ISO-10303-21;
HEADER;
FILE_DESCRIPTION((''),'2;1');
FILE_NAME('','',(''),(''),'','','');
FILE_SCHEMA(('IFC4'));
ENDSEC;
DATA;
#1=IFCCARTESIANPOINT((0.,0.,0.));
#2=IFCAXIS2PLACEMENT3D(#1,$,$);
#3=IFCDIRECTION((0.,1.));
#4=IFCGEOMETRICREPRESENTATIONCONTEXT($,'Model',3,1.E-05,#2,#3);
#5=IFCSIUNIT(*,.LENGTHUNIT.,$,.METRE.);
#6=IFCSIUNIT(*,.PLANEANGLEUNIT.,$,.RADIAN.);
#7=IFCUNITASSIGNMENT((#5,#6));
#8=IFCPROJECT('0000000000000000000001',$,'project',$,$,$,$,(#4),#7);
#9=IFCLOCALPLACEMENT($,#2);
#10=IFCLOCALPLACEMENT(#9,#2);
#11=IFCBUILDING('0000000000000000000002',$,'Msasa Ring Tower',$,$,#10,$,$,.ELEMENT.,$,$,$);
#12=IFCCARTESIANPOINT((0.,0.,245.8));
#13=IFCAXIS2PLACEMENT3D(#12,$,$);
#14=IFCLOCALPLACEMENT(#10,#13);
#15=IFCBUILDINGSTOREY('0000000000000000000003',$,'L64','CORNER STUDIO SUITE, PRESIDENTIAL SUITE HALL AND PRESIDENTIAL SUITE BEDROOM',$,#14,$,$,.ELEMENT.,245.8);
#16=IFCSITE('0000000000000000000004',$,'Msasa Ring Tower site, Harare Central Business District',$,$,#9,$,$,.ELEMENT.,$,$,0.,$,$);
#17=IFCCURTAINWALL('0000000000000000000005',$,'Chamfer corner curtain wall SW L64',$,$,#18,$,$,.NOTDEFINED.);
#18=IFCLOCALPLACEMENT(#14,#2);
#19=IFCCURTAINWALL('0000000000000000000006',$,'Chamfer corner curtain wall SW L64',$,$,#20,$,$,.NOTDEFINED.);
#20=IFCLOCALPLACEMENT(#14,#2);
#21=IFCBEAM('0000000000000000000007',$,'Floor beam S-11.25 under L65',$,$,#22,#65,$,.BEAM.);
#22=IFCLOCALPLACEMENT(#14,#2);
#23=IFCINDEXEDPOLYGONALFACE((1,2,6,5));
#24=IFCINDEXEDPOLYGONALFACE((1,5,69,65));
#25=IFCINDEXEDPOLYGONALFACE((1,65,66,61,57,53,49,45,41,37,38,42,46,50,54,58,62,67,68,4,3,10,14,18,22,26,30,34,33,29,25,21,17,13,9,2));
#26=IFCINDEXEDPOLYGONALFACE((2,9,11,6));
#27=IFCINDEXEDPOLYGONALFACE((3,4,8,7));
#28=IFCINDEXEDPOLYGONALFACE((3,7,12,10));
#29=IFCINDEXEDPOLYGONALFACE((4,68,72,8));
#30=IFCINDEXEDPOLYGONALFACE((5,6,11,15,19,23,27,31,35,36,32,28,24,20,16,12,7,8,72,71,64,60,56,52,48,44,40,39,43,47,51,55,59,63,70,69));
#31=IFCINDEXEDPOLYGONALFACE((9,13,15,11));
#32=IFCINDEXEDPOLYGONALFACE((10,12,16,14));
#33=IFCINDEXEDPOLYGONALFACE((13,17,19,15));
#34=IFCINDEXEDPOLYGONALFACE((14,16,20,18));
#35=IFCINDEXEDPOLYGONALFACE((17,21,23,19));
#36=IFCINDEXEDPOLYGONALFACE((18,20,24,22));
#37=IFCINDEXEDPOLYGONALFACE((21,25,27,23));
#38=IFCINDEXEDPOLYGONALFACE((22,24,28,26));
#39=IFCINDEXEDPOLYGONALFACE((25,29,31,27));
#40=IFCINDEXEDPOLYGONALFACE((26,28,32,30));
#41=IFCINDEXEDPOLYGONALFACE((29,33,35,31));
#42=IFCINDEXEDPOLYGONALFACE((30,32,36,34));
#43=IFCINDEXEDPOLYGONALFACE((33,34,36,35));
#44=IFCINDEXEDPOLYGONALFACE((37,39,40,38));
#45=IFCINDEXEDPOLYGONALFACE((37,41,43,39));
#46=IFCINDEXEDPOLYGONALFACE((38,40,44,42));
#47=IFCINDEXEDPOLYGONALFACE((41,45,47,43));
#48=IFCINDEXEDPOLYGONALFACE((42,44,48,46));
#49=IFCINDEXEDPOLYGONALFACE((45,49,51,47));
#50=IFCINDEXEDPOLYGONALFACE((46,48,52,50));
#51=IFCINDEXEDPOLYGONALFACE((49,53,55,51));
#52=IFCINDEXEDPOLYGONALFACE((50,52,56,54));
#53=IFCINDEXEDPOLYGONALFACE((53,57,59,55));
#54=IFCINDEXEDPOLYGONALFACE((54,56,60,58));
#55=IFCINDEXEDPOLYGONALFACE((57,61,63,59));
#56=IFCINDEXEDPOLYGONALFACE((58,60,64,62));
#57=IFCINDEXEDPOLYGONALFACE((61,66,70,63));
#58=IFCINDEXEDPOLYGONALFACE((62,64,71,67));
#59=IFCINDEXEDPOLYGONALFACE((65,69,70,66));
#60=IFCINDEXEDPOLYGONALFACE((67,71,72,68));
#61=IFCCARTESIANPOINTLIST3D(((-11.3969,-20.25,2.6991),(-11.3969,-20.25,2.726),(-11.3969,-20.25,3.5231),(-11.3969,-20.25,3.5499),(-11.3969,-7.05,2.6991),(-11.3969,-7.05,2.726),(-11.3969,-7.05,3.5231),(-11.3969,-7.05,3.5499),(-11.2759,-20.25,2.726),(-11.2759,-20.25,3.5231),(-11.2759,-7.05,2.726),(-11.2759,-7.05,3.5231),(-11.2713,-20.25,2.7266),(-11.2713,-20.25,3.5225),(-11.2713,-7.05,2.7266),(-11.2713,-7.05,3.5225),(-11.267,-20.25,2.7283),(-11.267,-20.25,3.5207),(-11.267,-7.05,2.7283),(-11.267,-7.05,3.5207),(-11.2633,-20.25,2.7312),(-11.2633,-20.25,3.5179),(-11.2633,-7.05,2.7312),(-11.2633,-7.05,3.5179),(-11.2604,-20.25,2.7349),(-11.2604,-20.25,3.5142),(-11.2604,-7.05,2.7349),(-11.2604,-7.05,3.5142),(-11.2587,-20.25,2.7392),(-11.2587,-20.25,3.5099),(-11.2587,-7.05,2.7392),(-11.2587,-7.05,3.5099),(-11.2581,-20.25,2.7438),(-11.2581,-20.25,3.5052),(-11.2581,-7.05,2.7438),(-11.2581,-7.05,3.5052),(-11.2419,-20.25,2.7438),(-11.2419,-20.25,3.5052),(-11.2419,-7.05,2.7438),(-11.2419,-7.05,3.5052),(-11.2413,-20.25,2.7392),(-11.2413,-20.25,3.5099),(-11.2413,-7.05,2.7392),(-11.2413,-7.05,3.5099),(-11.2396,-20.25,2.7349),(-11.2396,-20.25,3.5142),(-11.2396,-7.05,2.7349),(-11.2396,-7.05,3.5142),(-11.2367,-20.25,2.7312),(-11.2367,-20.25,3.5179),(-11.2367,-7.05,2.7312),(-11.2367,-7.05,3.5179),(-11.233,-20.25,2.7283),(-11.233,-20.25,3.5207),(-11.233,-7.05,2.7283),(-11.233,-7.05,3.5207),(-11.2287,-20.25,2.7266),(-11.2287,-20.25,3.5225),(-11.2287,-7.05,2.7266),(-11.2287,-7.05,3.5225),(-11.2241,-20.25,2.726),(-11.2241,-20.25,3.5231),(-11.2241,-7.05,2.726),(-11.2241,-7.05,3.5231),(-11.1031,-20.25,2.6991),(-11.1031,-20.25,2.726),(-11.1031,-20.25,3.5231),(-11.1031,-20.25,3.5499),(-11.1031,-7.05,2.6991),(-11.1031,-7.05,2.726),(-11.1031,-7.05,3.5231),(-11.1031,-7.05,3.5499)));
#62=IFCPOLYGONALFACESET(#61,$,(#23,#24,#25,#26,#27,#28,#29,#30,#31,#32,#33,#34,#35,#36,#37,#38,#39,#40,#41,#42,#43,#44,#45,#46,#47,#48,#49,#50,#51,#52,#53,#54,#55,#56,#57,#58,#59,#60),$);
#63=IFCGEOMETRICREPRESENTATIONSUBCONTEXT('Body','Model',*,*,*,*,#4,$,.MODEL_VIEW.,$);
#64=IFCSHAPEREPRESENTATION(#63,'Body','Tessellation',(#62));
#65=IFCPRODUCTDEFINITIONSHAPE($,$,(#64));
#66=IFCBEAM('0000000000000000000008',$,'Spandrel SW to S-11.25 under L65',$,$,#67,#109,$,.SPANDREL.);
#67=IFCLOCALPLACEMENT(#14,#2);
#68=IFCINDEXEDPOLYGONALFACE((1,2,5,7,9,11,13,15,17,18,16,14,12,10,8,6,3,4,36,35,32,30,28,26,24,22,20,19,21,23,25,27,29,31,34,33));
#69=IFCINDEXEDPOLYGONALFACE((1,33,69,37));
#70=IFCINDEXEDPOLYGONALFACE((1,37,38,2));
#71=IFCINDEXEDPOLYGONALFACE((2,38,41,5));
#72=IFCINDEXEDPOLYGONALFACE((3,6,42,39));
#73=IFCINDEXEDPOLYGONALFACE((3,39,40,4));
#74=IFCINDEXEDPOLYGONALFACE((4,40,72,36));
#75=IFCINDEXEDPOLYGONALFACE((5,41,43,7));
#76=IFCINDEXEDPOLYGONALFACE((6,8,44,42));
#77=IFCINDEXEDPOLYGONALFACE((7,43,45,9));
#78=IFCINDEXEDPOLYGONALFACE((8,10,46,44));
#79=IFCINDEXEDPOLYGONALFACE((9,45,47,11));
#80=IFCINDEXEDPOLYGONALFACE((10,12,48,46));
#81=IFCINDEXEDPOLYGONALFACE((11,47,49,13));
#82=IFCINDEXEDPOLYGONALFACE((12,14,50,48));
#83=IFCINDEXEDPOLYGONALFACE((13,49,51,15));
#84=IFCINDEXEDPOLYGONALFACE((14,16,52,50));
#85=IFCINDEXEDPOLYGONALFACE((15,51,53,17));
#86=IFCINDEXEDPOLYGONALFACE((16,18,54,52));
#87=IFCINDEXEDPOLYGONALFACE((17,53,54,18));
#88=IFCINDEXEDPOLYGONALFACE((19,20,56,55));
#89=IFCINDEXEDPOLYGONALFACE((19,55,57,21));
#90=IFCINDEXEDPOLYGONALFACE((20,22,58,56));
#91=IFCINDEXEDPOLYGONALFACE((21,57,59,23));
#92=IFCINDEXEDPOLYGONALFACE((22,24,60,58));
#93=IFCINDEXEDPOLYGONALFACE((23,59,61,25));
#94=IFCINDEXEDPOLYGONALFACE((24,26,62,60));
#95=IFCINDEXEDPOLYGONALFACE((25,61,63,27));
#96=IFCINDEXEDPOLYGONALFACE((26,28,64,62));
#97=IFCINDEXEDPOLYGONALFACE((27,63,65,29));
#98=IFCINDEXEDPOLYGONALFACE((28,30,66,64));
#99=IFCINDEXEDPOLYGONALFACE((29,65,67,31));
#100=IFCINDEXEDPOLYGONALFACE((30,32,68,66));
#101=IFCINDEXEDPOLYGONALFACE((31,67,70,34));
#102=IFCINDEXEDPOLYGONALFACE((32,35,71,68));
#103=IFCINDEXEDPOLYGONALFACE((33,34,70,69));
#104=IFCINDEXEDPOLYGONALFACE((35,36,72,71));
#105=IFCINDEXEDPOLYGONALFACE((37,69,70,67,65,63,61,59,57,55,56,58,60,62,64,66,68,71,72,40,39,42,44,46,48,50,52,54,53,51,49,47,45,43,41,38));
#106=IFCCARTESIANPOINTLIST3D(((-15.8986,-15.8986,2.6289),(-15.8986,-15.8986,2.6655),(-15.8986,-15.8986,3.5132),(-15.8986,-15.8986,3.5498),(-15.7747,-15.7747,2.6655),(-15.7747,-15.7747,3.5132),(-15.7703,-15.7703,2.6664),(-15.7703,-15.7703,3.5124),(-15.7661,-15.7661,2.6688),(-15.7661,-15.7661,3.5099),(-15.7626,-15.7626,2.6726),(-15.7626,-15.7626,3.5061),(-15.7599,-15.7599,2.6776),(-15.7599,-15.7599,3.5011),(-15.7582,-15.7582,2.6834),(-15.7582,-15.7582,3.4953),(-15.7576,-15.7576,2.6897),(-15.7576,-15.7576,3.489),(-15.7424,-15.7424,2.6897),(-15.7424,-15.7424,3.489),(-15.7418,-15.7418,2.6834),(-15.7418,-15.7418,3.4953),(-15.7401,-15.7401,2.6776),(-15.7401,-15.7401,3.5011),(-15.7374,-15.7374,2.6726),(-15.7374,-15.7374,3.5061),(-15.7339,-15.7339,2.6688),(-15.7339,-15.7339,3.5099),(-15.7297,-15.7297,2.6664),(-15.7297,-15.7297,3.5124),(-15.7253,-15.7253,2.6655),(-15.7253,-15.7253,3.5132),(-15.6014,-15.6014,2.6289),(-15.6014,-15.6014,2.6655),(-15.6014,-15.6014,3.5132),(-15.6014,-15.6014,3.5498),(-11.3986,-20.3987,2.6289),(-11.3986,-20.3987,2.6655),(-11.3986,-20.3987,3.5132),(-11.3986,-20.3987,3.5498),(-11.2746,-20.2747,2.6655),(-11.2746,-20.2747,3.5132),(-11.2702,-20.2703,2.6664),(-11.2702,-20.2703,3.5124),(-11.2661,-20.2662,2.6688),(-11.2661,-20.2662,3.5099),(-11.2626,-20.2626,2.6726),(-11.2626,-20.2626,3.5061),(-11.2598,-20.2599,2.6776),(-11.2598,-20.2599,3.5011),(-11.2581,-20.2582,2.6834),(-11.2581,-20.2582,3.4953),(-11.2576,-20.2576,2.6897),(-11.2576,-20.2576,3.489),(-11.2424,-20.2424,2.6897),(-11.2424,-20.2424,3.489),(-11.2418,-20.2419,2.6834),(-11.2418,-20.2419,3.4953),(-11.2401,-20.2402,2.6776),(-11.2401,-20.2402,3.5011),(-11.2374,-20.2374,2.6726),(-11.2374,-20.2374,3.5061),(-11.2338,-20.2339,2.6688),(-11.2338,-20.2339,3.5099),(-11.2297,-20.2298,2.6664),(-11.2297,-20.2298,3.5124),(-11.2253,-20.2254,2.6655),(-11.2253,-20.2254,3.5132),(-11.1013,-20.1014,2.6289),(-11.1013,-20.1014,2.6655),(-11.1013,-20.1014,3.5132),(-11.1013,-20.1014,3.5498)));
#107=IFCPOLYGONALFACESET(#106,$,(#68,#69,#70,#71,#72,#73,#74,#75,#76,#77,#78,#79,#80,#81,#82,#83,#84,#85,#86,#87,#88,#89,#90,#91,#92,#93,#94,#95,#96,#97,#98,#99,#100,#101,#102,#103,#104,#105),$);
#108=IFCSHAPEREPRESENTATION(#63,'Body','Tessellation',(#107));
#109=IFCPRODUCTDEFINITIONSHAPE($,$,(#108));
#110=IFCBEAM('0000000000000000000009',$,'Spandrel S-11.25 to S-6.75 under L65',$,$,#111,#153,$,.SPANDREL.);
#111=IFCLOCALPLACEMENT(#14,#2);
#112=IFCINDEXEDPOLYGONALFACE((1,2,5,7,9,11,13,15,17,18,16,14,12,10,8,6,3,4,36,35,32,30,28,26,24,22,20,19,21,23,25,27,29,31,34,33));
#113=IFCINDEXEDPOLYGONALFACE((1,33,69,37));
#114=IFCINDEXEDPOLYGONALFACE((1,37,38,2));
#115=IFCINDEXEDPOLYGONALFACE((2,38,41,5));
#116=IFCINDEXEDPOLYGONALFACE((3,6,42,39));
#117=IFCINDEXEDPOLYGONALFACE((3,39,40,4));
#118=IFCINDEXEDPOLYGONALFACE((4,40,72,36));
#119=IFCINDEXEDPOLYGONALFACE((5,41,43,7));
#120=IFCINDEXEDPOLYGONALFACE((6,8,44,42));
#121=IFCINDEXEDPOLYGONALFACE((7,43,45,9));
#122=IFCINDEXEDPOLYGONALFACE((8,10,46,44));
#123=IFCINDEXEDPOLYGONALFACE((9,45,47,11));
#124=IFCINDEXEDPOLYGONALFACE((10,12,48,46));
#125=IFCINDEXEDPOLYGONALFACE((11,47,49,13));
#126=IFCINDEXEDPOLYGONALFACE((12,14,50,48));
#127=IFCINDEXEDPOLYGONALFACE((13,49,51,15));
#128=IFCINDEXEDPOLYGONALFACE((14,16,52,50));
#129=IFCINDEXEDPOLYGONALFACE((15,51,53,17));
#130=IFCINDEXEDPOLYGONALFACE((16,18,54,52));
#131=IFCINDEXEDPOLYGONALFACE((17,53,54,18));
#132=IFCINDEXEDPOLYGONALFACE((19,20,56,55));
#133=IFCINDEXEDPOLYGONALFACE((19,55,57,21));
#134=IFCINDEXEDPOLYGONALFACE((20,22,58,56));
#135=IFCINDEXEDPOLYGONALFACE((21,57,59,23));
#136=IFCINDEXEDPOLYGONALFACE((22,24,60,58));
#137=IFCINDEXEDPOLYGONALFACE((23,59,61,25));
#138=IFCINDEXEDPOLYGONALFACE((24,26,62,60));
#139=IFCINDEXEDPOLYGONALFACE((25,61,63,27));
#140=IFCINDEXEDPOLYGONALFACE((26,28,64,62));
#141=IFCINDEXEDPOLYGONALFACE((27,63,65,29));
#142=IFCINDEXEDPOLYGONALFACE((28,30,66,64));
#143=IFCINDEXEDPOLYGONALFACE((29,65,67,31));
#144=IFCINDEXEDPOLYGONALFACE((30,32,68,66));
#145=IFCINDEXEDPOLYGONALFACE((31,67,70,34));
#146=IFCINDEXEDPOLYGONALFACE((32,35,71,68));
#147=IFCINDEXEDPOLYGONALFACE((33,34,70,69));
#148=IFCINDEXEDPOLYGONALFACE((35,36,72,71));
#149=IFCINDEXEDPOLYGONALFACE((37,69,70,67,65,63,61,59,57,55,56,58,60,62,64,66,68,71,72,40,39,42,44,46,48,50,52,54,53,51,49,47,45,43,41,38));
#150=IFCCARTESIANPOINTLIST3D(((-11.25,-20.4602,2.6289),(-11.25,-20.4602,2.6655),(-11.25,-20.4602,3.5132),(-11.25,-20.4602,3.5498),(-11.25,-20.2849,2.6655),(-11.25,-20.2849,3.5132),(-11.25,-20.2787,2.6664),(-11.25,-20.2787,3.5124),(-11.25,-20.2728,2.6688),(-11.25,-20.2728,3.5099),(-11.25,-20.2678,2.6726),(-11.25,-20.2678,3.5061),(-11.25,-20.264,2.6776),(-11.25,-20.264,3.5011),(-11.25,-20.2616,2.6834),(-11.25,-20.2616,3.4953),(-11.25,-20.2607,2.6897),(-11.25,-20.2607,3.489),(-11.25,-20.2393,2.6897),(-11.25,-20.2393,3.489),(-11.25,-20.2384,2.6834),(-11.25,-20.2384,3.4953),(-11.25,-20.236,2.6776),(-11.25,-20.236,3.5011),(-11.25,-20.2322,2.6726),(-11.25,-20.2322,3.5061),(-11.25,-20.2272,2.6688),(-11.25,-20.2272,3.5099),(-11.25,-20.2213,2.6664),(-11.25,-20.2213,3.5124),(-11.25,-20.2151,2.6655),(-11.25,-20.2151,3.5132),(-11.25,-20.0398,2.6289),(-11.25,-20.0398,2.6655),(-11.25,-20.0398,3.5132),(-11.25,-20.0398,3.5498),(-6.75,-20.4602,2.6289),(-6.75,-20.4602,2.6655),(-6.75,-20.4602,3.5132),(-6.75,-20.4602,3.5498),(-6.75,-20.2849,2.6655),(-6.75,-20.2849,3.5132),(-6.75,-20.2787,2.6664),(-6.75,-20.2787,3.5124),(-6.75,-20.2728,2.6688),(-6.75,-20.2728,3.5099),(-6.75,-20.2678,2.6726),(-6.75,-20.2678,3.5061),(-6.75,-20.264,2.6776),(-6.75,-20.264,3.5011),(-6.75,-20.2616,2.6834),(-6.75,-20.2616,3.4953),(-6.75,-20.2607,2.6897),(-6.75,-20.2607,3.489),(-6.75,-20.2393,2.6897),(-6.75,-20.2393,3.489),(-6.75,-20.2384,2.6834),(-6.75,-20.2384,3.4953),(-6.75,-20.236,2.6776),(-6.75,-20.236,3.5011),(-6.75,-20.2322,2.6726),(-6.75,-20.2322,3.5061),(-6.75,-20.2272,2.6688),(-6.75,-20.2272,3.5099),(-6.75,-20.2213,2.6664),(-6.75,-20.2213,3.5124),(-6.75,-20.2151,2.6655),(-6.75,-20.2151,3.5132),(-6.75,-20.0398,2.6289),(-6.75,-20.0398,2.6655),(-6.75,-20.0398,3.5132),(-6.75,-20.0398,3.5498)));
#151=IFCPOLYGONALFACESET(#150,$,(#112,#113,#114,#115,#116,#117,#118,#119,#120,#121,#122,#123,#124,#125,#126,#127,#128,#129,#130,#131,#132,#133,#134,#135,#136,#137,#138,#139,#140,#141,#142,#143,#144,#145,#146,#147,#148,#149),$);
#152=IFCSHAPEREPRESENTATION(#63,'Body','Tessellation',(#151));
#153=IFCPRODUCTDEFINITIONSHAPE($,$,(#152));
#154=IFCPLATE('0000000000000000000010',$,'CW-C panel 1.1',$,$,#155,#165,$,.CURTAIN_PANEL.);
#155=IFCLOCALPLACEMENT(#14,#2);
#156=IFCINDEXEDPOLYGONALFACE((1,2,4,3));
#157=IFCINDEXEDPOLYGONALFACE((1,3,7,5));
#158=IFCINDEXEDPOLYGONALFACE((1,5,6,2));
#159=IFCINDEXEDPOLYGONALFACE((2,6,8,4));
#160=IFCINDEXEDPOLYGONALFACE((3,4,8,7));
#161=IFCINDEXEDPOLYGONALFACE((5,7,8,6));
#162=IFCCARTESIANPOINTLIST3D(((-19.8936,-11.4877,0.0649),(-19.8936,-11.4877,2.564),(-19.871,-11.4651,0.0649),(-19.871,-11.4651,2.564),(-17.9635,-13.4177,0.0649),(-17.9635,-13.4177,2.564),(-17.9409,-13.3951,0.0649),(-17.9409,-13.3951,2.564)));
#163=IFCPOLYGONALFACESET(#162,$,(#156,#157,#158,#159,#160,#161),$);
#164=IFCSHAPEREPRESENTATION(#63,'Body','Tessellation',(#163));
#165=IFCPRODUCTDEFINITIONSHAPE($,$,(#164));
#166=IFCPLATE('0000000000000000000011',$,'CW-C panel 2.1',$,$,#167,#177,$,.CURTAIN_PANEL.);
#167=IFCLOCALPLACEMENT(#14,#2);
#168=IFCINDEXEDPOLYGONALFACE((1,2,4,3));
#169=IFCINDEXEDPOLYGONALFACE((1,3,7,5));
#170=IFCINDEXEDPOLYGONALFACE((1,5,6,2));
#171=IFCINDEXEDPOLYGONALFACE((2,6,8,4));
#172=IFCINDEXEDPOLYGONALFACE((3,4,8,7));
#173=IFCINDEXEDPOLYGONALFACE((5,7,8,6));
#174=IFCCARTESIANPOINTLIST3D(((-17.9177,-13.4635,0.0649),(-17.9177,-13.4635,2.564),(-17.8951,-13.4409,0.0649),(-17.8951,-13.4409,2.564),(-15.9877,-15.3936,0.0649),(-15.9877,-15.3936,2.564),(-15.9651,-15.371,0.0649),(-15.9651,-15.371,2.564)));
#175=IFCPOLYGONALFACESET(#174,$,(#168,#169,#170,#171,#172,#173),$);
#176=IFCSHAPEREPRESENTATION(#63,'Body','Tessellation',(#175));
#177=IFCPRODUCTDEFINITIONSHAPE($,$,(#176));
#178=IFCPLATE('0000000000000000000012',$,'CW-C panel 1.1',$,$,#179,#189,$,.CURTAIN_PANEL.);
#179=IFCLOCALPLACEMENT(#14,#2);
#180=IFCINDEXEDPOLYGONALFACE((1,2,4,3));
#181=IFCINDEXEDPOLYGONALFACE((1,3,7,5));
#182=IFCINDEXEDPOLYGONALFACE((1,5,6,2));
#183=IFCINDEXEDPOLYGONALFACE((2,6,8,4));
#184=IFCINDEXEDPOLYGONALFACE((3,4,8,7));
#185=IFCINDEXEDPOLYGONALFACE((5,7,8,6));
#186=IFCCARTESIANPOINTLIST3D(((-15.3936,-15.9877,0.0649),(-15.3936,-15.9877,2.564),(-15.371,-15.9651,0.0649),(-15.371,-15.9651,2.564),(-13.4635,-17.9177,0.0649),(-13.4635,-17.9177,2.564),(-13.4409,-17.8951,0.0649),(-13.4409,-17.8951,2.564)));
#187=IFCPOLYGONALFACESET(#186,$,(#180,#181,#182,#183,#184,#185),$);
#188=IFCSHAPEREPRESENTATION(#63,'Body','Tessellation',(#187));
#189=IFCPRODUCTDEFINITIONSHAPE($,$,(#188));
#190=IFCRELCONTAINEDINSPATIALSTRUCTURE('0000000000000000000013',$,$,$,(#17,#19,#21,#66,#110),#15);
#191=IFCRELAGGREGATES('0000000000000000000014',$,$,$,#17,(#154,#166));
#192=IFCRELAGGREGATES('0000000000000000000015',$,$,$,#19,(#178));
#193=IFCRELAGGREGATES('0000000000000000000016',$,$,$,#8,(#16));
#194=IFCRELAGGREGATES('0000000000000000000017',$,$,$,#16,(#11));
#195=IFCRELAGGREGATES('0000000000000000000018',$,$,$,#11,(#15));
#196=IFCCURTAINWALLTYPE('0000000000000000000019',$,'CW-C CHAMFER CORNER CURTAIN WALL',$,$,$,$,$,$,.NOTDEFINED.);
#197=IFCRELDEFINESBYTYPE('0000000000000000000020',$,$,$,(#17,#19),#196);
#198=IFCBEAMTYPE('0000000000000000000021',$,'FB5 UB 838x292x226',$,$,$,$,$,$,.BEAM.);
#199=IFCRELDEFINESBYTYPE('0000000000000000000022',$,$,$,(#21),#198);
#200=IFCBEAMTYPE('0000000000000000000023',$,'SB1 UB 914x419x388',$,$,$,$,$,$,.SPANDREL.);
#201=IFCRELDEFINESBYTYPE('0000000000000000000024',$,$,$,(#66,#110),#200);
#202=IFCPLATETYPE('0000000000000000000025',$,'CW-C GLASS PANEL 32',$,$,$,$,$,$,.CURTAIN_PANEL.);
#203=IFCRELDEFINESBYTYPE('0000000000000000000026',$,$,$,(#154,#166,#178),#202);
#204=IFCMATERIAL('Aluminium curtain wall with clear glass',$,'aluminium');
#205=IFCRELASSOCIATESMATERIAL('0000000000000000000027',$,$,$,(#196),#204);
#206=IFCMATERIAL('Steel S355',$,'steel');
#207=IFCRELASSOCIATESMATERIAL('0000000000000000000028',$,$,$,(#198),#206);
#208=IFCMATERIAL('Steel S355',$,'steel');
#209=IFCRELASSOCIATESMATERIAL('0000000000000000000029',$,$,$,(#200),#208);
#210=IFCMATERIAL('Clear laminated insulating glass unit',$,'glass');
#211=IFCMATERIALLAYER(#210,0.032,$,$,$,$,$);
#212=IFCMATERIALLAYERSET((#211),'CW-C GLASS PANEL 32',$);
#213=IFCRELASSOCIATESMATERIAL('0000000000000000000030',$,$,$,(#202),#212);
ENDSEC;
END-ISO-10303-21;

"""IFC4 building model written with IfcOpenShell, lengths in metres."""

from ifc_helpers import new_model, si_unit, direction, frame, origin, origin_2d, place, context, subcontext, project, spatial, rectangle, i_section, extrude, material, layer, layer_set, material_profile, profile_set, type_object, element, aggregate, save


model = new_model("IFC4")

# Units and contexts
model_context = context("Model", 3, precision=1e-05, world=origin(), true_north=direction((0.0, 1.0)))
body_context = subcontext(model_context, "Body", "Model", "MODEL_VIEW")
ifc_project = project(units=[si_unit("LENGTHUNIT", "METRE"), si_unit("PLANEANGLEUNIT", "RADIAN")], contexts=[model_context])

# Site, building, storey
site_placement = place(None, origin())
site = spatial("IfcSite", under=ifc_project, at=site_placement, Name="Msasa Ring Tower site, Harare Central Business District", CompositionType="ELEMENT", RefElevation=0.0)
building_placement = place(site_placement, origin())
building = spatial("IfcBuilding", under=site, at=building_placement, Name="Msasa Ring Tower", CompositionType="ELEMENT")
storey_placement = place(building_placement, frame((0.0, 0.0, 245.8)))
storey = spatial("IfcBuildingStorey", under=building, at=storey_placement, Name="L64", Description="CORNER STUDIO SUITE, PRESIDENTIAL SUITE HALL AND PRESIDENTIAL SUITE BEDROOM", CompositionType="ELEMENT", Elevation=245.8)

# Curtain walls
ifc_material_1 = material(Name="Aluminium curtain wall with clear glass", Category="aluminium")
curtain_wall_type = type_object("IfcCurtainWallType", Name="CW-C CHAMFER CORNER CURTAIN WALL", PredefinedType="NOTDEFINED", material=ifc_material_1)
curtain_wall_1_placement = place(storey_placement, origin())
curtain_wall_1 = element("IfcCurtainWall", 1, at=curtain_wall_1_placement, inside=storey, type_object=curtain_wall_type, Name="Chamfer corner curtain wall SW L64", PredefinedType="NOTDEFINED")
curtain_wall_2_placement = place(storey_placement, origin())
curtain_wall_2 = element("IfcCurtainWall", 2, at=curtain_wall_2_placement, inside=storey, type_object=curtain_wall_type, Name="Chamfer corner curtain wall SW L64", PredefinedType="NOTDEFINED")

# Beams
ifc_material_2 = material(Name="Steel S355", Category="steel")
ifc_material_profile_1 = material_profile(ifc_material_2, i_section(OverallWidth=0.2937, OverallDepth=0.8508, WebThickness=0.0161, FlangeThickness=0.0269, FilletRadius=0.0178, at=origin_2d()), Name="UB 838x292x226")
ifc_profile_set_1 = profile_set([ifc_material_profile_1], Name="Steel S355")
beam_type_1 = type_object("IfcBeamType", Name="FB5 UB 838x292x226", PredefinedType="BEAM", material=ifc_profile_set_1)
beam_1_placement = place(storey_placement, frame((-11.25, -20.25, 3.1245), z_axis=(0.0, 1.0, 0.0), x_axis=(-1.0, 0.0, 0.0)))
element("IfcBeam", 3, at=beam_1_placement, inside=storey, type_object=beam_type_1, Name="Floor beam S-11.25 under L65", PredefinedType="BEAM", context=body_context, shape_type="SweptSolid", body=[
    extrude(i_section(OverallWidth=0.2937, OverallDepth=0.8508, WebThickness=0.0161, FlangeThickness=0.0269, FilletRadius=0.0178, at=origin_2d()), origin(), (0.0, 0.0, 1.0), 13.2),
])
ifc_material_3 = material(Name="Steel S355", Category="steel")
ifc_material_profile_2 = material_profile(ifc_material_3, i_section(OverallWidth=0.4204, OverallDepth=0.9209, WebThickness=0.0215, FlangeThickness=0.0366, FilletRadius=0.0242, at=origin_2d()), Name="UB 914x419x388")
ifc_profile_set_2 = profile_set([ifc_material_profile_2], Name="Steel S355")
beam_type_2 = type_object("IfcBeamType", Name="SB1 UB 914x419x388", PredefinedType="SPANDREL", material=ifc_profile_set_2)
beam_2_placement = place(storey_placement, frame((-15.75, -15.75, 3.0894), z_axis=(0.707107, -0.707107, 0.0), x_axis=(0.707107, 0.707107, 0.0)))
element("IfcBeam", 4, at=beam_2_placement, inside=storey, type_object=beam_type_2, Name="Spandrel SW to S-11.25 under L65", PredefinedType="SPANDREL", context=body_context, shape_type="SweptSolid", body=[
    extrude(i_section(OverallWidth=0.4204, OverallDepth=0.9209, WebThickness=0.0215, FlangeThickness=0.0366, FilletRadius=0.0242, at=origin_2d()), origin(), (0.0, 0.0, 1.0), 6.364),
])
beam_3_placement = place(storey_placement, frame((-11.25, -20.25, 3.0894), z_axis=(1.0, 0.0, 0.0), x_axis=(0.0, 1.0, 0.0)))
element("IfcBeam", 5, at=beam_3_placement, inside=storey, type_object=beam_type_2, Name="Spandrel S-11.25 to S-6.75 under L65", PredefinedType="SPANDREL", context=body_context, shape_type="SweptSolid", body=[
    extrude(i_section(OverallWidth=0.4204, OverallDepth=0.9209, WebThickness=0.0215, FlangeThickness=0.0366, FilletRadius=0.0242, at=origin_2d()), origin(), (0.0, 0.0, 1.0), 4.5),
])

# Plates
ifc_material_4 = material(Name="Clear laminated insulating glass unit", Category="glass")
ifc_layer_1 = layer(ifc_material_4, 0.032)
ifc_layer_set_1 = layer_set([ifc_layer_1], Name="CW-C GLASS PANEL 32")
plate_type = type_object("IfcPlateType", Name="CW-C GLASS PANEL 32", PredefinedType="CURTAIN_PANEL", material=ifc_layer_set_1)
plate_1_placement = place(storey_placement, frame((-18.9172, -12.4414, 0.0649), z_axis=(0.0, 0.0, 1.0), x_axis=(0.707107, -0.707107, 0.0)))
plate_1 = element("IfcPlate", 6, at=plate_1_placement, type_object=plate_type, Name="CW-C panel 1.1", PredefinedType="CURTAIN_PANEL", context=body_context, shape_type="SweptSolid", body=[
    extrude(rectangle(XDim=2.7295, YDim=0.032, at=origin_2d()), origin(), (0.0, 0.0, 1.0), 2.499),
])
plate_2_placement = place(storey_placement, frame((-16.9414, -14.4172, 0.0649), z_axis=(0.0, 0.0, 1.0), x_axis=(0.707107, -0.707107, 0.0)))
plate_2 = element("IfcPlate", 7, at=plate_2_placement, type_object=plate_type, Name="CW-C panel 2.1", PredefinedType="CURTAIN_PANEL", context=body_context, shape_type="SweptSolid", body=[
    extrude(rectangle(XDim=2.7295, YDim=0.032, at=origin_2d()), origin(), (0.0, 0.0, 1.0), 2.499),
])
aggregate(curtain_wall_1, [plate_1, plate_2])
plate_3_placement = place(storey_placement, frame((-14.4172, -16.9414, 0.0649), z_axis=(0.0, 0.0, 1.0), x_axis=(0.707107, -0.707107, 0.0)))
plate_3 = element("IfcPlate", 8, at=plate_3_placement, type_object=plate_type, Name="CW-C panel 1.1", PredefinedType="CURTAIN_PANEL", context=body_context, shape_type="SweptSolid", body=[
    extrude(rectangle(XDim=2.7295, YDim=0.032, at=origin_2d()), origin(), (0.0, 0.0, 1.0), 2.499),
])
aggregate(curtain_wall_2, [plate_3])

save(model, "model.ifc")
